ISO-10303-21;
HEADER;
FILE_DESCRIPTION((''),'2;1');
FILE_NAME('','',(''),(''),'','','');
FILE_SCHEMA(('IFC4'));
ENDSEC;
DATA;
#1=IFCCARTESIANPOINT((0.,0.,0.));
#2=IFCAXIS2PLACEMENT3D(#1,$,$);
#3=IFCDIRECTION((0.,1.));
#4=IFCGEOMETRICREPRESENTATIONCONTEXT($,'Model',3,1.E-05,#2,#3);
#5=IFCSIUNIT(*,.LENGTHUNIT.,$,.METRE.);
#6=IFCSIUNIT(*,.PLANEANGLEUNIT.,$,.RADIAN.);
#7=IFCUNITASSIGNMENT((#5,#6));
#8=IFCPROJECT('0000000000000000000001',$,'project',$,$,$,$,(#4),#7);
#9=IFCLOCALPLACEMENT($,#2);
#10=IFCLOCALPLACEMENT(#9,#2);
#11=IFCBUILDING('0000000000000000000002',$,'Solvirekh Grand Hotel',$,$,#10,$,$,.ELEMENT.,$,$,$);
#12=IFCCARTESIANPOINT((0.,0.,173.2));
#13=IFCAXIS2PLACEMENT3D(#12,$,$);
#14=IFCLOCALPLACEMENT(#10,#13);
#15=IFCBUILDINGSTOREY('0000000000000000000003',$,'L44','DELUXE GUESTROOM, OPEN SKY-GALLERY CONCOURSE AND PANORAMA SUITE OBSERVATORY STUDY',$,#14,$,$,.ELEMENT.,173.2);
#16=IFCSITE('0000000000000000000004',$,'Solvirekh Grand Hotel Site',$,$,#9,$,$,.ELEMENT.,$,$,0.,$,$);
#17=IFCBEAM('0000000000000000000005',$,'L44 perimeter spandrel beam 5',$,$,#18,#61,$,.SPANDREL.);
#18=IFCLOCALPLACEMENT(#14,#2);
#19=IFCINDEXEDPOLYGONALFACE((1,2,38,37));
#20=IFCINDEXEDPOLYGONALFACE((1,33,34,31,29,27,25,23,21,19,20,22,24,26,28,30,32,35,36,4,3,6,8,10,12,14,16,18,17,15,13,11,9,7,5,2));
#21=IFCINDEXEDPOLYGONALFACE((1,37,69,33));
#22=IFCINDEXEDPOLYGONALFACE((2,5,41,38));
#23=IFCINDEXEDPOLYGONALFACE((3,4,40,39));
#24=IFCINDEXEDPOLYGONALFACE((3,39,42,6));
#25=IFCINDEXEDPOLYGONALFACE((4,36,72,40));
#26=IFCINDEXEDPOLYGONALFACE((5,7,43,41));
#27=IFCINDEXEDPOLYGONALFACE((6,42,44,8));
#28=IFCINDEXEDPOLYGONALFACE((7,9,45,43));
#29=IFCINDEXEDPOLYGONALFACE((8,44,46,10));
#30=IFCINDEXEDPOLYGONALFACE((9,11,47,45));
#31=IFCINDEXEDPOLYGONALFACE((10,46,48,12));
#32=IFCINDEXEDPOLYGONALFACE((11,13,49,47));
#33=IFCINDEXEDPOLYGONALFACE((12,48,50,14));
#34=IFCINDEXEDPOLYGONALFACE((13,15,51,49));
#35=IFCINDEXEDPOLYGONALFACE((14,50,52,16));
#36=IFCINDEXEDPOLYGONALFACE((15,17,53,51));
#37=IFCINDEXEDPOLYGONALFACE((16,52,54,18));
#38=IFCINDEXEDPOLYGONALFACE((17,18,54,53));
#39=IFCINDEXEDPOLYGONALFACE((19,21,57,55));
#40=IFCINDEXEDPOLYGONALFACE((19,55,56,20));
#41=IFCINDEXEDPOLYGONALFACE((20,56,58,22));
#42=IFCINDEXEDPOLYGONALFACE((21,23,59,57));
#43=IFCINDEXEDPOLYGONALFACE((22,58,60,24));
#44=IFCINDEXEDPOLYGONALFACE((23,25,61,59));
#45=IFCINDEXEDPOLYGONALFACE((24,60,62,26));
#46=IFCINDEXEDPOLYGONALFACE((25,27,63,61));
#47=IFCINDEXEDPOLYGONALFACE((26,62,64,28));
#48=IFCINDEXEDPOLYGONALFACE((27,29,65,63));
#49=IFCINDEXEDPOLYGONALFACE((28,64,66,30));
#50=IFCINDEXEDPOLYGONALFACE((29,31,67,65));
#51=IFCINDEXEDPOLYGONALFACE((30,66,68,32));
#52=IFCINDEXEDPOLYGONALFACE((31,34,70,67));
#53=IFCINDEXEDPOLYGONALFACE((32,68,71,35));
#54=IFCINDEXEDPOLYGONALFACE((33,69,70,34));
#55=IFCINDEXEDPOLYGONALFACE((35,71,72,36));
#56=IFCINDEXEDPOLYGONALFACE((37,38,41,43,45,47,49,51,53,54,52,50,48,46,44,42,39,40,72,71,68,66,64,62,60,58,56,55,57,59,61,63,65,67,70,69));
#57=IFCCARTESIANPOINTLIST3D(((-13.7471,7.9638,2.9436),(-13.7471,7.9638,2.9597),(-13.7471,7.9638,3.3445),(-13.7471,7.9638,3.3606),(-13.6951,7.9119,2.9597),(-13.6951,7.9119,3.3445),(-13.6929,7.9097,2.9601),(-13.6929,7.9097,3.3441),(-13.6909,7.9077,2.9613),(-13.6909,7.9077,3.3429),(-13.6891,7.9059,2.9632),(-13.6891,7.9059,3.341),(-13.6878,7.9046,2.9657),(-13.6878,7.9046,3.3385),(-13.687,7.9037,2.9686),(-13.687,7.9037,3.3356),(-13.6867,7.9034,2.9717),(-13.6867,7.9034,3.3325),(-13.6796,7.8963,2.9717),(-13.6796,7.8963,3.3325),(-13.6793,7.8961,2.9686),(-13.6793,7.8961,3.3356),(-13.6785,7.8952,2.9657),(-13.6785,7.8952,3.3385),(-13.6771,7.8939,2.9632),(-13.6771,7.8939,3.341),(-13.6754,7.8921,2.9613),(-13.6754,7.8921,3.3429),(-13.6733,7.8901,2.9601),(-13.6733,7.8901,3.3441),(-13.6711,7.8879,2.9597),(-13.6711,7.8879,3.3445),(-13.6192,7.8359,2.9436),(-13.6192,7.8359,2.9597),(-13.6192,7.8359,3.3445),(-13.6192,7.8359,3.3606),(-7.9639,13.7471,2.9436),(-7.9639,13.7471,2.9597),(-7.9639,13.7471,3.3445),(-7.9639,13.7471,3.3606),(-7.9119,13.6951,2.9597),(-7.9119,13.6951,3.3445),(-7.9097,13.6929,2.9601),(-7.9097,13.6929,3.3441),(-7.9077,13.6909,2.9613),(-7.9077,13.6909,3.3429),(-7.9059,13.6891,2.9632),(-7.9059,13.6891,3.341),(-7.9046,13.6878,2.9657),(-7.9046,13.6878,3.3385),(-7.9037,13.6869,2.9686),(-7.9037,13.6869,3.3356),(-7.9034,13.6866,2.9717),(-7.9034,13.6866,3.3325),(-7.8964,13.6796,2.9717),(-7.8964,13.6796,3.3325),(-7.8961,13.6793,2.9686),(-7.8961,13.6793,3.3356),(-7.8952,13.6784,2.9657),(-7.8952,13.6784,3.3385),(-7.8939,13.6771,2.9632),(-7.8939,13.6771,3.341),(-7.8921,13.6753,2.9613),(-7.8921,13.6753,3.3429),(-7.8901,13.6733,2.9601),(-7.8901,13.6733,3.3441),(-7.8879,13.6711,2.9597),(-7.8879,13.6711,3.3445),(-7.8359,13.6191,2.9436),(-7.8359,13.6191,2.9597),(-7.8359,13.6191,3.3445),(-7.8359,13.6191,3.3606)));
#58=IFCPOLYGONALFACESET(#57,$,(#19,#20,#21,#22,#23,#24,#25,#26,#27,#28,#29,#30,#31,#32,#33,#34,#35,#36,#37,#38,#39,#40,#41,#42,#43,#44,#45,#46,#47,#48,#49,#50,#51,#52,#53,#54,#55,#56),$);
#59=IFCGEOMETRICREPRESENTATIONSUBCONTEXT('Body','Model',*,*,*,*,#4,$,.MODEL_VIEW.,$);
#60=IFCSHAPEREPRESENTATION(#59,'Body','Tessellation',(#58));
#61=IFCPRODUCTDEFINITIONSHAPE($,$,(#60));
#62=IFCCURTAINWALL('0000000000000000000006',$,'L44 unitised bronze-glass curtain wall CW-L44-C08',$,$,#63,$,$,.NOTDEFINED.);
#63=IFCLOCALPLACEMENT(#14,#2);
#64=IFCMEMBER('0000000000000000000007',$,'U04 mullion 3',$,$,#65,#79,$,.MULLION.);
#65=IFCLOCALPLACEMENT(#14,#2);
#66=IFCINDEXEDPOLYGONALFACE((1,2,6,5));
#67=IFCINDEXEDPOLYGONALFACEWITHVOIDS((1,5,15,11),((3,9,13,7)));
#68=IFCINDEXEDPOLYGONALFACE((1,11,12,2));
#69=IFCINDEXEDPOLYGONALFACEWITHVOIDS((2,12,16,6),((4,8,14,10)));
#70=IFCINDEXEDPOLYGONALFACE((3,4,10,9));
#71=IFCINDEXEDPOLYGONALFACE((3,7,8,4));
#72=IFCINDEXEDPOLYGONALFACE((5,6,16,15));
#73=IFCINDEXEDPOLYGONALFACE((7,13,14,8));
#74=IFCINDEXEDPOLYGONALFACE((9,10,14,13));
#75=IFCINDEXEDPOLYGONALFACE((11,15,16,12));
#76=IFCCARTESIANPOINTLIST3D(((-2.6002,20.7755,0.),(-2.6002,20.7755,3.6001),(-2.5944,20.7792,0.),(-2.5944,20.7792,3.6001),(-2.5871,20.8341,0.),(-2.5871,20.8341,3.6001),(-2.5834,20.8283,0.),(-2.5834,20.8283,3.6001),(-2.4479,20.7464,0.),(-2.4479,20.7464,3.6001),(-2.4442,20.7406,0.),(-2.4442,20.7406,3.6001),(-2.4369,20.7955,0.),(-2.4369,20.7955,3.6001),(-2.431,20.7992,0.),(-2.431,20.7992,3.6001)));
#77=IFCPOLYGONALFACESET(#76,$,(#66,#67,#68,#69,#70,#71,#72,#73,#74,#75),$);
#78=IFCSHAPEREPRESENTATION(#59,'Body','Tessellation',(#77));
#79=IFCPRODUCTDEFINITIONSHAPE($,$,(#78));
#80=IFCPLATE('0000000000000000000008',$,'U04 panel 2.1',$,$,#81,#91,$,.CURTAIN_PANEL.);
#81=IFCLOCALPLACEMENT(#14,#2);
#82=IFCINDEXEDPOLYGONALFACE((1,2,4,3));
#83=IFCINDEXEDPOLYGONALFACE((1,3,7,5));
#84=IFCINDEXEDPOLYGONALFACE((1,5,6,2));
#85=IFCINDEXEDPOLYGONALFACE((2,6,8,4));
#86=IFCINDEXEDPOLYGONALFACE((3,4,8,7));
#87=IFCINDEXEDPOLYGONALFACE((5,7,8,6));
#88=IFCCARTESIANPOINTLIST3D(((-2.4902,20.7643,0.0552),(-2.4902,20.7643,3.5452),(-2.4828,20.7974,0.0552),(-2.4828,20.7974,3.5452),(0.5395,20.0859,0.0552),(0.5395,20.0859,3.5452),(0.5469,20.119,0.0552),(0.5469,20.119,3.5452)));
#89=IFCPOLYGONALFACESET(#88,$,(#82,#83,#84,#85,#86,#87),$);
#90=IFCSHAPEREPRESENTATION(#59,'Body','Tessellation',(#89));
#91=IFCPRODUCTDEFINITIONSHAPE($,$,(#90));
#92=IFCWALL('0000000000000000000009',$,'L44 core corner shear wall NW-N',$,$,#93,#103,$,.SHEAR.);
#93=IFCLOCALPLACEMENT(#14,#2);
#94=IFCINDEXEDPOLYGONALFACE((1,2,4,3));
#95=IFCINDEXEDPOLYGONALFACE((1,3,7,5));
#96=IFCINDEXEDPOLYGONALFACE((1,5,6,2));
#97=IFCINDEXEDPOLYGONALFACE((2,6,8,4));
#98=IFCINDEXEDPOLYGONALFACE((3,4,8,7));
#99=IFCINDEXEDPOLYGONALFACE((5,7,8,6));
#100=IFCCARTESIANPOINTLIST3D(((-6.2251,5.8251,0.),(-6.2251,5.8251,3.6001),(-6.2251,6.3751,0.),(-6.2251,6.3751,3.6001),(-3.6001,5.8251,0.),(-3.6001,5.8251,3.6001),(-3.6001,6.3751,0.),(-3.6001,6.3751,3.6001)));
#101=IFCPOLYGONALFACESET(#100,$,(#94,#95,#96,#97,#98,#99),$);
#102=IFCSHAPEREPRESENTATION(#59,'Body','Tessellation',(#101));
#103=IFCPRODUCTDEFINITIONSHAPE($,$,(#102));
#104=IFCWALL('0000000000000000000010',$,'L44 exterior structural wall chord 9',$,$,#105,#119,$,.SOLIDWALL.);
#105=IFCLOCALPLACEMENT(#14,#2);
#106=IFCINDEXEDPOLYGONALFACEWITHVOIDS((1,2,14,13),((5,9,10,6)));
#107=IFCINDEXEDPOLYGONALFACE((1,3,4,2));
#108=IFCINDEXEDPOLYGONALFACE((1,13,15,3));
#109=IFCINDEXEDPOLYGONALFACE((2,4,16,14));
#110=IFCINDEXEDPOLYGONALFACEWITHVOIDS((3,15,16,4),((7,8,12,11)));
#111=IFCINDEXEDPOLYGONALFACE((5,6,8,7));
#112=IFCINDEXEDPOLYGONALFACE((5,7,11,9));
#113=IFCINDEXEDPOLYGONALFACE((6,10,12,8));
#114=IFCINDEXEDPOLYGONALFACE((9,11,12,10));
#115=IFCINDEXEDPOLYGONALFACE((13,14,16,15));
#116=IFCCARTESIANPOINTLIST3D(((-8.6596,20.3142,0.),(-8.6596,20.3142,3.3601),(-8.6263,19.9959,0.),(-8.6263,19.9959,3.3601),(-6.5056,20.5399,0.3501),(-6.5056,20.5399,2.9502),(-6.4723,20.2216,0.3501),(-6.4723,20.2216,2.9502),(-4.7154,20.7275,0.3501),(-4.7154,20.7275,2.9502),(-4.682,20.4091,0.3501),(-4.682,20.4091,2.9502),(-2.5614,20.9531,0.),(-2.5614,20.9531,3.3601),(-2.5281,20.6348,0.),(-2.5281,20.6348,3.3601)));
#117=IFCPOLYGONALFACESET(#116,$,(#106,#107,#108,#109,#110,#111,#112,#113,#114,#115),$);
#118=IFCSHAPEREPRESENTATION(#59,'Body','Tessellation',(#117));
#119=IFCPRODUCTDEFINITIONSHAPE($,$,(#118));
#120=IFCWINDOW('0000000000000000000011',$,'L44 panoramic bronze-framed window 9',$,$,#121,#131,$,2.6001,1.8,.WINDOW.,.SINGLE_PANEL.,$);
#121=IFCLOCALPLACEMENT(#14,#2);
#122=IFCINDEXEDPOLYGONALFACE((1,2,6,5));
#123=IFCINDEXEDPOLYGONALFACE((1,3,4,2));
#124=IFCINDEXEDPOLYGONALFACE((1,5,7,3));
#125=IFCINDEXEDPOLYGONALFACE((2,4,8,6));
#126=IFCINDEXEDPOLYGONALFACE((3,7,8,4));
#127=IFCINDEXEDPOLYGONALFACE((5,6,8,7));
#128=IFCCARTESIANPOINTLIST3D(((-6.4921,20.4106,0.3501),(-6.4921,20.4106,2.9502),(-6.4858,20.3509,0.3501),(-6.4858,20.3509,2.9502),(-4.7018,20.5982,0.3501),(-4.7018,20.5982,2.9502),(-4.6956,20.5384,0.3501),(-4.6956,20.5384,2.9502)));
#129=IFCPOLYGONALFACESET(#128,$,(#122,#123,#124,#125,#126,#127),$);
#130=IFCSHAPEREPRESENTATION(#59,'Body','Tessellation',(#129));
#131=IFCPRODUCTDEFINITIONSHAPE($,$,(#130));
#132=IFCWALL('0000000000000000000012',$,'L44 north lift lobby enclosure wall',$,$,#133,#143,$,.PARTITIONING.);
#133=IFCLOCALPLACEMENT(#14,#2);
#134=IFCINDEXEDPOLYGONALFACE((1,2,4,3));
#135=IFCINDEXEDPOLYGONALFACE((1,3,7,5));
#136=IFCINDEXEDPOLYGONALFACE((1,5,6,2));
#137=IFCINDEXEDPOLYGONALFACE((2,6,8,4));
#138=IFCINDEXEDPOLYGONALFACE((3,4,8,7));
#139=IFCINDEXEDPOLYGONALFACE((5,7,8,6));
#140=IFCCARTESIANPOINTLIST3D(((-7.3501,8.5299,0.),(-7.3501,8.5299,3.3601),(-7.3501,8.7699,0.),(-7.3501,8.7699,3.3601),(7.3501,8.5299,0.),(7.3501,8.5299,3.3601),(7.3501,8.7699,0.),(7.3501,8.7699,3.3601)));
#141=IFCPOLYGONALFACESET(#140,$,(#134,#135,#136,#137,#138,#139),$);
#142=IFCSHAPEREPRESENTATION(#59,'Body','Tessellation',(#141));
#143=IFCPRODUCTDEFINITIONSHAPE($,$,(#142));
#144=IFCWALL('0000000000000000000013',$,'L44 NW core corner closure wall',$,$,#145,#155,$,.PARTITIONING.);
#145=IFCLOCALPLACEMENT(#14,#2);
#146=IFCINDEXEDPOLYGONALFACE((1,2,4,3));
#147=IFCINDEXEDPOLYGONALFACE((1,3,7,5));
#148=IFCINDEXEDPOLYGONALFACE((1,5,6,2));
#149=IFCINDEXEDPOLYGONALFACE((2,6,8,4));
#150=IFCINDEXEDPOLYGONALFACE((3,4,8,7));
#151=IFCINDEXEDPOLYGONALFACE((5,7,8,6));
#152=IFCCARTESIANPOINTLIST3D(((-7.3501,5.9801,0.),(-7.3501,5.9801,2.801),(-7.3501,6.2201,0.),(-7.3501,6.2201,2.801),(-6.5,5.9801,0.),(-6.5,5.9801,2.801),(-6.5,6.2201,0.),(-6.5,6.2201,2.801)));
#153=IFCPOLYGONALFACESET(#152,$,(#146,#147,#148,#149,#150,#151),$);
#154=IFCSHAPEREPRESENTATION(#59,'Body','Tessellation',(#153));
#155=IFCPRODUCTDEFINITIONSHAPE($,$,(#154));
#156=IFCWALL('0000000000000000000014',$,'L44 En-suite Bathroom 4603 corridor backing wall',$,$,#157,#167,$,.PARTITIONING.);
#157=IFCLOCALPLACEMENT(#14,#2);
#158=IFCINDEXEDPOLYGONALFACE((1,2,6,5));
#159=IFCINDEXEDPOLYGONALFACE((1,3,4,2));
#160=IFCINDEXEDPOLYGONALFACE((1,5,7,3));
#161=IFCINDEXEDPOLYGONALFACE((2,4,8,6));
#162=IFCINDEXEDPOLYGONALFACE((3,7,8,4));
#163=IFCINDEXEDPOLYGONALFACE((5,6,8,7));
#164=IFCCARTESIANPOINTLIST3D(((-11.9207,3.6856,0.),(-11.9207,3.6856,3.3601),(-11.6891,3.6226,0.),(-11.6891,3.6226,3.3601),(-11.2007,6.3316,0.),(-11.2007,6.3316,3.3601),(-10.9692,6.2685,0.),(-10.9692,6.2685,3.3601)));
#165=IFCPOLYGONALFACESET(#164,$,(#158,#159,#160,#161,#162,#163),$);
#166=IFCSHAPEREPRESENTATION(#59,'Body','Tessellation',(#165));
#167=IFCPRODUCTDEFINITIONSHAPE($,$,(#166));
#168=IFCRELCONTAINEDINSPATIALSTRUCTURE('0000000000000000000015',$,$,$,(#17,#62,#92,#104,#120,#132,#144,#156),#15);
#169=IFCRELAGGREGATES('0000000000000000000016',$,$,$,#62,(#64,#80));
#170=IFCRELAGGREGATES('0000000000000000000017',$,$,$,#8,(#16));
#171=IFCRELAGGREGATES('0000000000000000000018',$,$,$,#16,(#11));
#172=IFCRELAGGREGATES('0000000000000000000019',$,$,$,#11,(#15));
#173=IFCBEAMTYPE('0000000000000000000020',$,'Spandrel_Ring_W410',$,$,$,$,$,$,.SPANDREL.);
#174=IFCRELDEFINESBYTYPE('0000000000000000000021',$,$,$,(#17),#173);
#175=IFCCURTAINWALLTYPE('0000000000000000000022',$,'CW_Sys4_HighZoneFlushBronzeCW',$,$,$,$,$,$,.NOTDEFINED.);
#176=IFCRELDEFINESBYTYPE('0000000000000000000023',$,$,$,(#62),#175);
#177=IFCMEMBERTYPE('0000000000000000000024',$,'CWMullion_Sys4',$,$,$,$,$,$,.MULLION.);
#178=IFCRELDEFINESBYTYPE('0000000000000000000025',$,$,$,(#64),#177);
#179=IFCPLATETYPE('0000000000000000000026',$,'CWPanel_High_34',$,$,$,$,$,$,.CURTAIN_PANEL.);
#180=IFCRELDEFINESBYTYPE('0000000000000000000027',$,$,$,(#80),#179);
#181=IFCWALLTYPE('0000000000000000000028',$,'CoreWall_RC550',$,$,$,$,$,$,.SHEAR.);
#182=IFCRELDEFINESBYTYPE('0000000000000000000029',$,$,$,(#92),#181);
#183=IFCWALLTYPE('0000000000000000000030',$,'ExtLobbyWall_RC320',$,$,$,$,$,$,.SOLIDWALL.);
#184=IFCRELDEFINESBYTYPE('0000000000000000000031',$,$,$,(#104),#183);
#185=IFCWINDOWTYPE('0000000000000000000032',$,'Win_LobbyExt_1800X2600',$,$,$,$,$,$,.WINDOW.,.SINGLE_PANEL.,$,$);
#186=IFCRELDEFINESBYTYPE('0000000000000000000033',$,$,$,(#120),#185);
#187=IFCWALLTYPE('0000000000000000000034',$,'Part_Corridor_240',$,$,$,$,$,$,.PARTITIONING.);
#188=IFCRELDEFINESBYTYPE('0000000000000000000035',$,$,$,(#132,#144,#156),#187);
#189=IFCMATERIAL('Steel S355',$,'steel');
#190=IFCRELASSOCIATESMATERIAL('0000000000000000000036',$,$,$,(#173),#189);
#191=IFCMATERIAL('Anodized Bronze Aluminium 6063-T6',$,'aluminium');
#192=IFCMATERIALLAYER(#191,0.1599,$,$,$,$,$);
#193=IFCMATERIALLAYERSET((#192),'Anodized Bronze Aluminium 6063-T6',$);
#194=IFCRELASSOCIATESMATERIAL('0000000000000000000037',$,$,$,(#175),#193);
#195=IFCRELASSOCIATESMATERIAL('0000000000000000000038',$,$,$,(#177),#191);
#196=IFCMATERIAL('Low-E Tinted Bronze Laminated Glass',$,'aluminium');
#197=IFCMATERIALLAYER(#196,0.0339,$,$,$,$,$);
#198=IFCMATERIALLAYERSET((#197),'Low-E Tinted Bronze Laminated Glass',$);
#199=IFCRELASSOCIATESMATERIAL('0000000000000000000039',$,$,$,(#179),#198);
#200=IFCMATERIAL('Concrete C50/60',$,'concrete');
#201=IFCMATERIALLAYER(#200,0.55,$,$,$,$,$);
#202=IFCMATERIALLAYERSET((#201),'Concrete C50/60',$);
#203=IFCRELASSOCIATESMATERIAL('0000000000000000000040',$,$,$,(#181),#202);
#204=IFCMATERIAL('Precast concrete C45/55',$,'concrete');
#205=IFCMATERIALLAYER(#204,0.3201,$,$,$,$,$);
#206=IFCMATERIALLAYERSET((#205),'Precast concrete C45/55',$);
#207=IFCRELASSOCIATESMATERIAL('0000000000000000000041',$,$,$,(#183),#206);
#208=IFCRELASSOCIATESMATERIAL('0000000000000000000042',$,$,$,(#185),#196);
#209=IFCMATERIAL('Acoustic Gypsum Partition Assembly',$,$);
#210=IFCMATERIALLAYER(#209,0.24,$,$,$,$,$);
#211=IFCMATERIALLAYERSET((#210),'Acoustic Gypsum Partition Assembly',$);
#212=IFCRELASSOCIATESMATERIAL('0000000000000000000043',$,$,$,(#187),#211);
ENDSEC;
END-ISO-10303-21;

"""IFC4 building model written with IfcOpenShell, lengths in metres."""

from ifc_helpers import new_model, si_unit, direction, frame, frame_2d, origin, origin_2d, place, context, subcontext, project, spatial, rectangle, hollow_rectangle, i_section, extrude, source, transform, mapped, material, layer, layer_set, material_profile, profile_set, type_object, element, fill, aggregate, save


model = new_model("IFC4")

# Units and contexts
model_context = context("Model", 3, precision=1e-05, world=origin(), true_north=direction((0.0, 1.0)))
body_context = subcontext(model_context, "Body", "Model", "MODEL_VIEW")
ifc_project = project(units=[si_unit("LENGTHUNIT", "METRE"), si_unit("PLANEANGLEUNIT", "RADIAN")], contexts=[model_context])

# Site, building, storey
site_placement = place(None, origin())
site = spatial("IfcSite", under=ifc_project, at=site_placement, Name="Solvirekh Grand Hotel Site", CompositionType="ELEMENT", RefElevation=0.0)
building_placement = place(site_placement, origin())
building = spatial("IfcBuilding", under=site, at=building_placement, Name="Solvirekh Grand Hotel", CompositionType="ELEMENT")
storey_placement = place(building_placement, frame((0.0, 0.0, 173.2)))
storey = spatial("IfcBuildingStorey", under=building, at=storey_placement, Name="L44", Description="DELUXE GUESTROOM, OPEN SKY-GALLERY CONCOURSE AND PANORAMA SUITE OBSERVATORY STUDY", CompositionType="ELEMENT", Elevation=173.2)

# Shared definitions
ifc_material_1 = material(Name="Concrete C50/60", Category="concrete")

# Beam
ifc_material_2 = material(Name="Steel S355", Category="steel")
ifc_material_profile_1 = material_profile(ifc_material_2, i_section(OverallWidth=0.1809, OverallDepth=0.417, WebThickness=0.01, FlangeThickness=0.0161, FilletRadius=0.012, at=origin_2d()), Name="W410X85")
ifc_profile_set_1 = profile_set([ifc_material_profile_1], Name="Steel S355")
beam_type_1 = type_object("IfcBeamType", Name="Spandrel_Ring_W410", PredefinedType="SPANDREL", material=ifc_profile_set_1)
beam_1_placement = place(storey_placement, frame((-7.8999, 13.6831, 3.1521), z_axis=(-0.707107, -0.707107, 0.0), x_axis=(0.707107, -0.707107, 0.0)))
element("IfcBeam", 1, at=beam_1_placement, inside=storey, type_object=beam_type_1, Name="L44 perimeter spandrel beam 5", PredefinedType="SPANDREL", context=body_context, shape_type="SweptSolid", body=[
    extrude(i_section(OverallWidth=0.1809, OverallDepth=0.417, WebThickness=0.01, FlangeThickness=0.0161, FilletRadius=0.012, at=origin_2d()), origin(), (0.0, 0.0, 1.0), 8.1787),
])

# Curtain wall, member, plate
ifc_material_3 = material(Name="Anodized Bronze Aluminium 6063-T6", Category="aluminium")
ifc_layer_1 = layer(ifc_material_3, 0.1599)
ifc_layer_set_1 = layer_set([ifc_layer_1], Name="Anodized Bronze Aluminium 6063-T6")
curtain_wall_type = type_object("IfcCurtainWallType", Name="CW_Sys4_HighZoneFlushBronzeCW", PredefinedType="NOTDEFINED", material=ifc_layer_set_1)
curtain_wall_placement = place(storey_placement, origin())
curtain_wall = element("IfcCurtainWall", 2, at=curtain_wall_placement, inside=storey, type_object=curtain_wall_type, Name="L44 unitised bronze-glass curtain wall CW-L44-C08", PredefinedType="NOTDEFINED")
ifc_material_profile_2 = material_profile(ifc_material_3, hollow_rectangle(XDim=0.0601, YDim=0.1599, WallThickness=0.0049, at=origin_2d()), Name="ALU RHS 160X60X5")
ifc_profile_set_2 = profile_set([ifc_material_profile_2], Name="Anodized Bronze Aluminium 6063-T6")
member_type = type_object("IfcMemberType", Name="CWMullion_Sys4", PredefinedType="MULLION", material=ifc_profile_set_2)
shared_shape_1 = source(origin(), body_context, "Body", "SweptSolid", [
    extrude(hollow_rectangle(XDim=0.0601, YDim=0.1599, WallThickness=0.0049, at=origin_2d()), origin(), (0.0, 0.0, 1.0), 3.6001),
])
member_placement = place(storey_placement, frame((-2.5156, 20.7874, 0.0), z_axis=(0.0, 0.0, 1.0), x_axis=(-0.218488, -0.97584, 0.0)))
member = element("IfcMember", 3, at=member_placement, type_object=member_type, Name="U04 mullion 3", PredefinedType="MULLION", context=body_context, shape_type="MappedRepresentation", body=[
    mapped(shared_shape_1, transform((0.0, 0.0, 0.0), x_axis=(1.0, 0.0, 0.0), y_axis=(0.0, 1.0, 0.0), z_axis=(0.0, 0.0, 1.0), scale=1.0)),
])
ifc_material_4 = material(Name="Low-E Tinted Bronze Laminated Glass", Category="aluminium")
ifc_layer_2 = layer(ifc_material_4, 0.0339)
ifc_layer_set_2 = layer_set([ifc_layer_2], Name="Low-E Tinted Bronze Laminated Glass")
plate_type = type_object("IfcPlateType", Name="CWPanel_High_34", PredefinedType="CURTAIN_PANEL", material=ifc_layer_set_2)
shared_shape_2 = source(origin(), body_context, "Body", "SweptSolid", [
    extrude(rectangle(XDim=3.1047, YDim=0.0339, at=origin_2d()), origin(), (0.0, 0.0, 1.0), 3.49),
])
plate_placement = place(storey_placement, frame((-0.9717, 20.4417, 0.0552), z_axis=(0.0, 0.0, 1.0), x_axis=(-0.97584, 0.218488, 0.0)))
plate = element("IfcPlate", 4, at=plate_placement, type_object=plate_type, Name="U04 panel 2.1", PredefinedType="CURTAIN_PANEL", context=body_context, shape_type="MappedRepresentation", body=[
    mapped(shared_shape_2, transform((0.0, 0.0, 0.0), x_axis=(1.0, 0.0, 0.0), y_axis=(0.0, 1.0, 0.0), z_axis=(0.0, 0.0, 1.0), scale=1.0)),
])
aggregate(curtain_wall, [member, plate])

# Wall
ifc_layer_3 = layer(ifc_material_1, 0.55)
ifc_layer_set_3 = layer_set([ifc_layer_3], Name="Concrete C50/60")
wall_type_1 = type_object("IfcWallType", Name="CoreWall_RC550", PredefinedType="SHEAR", material=ifc_layer_set_3)
wall_1_placement = place(storey_placement, frame((-6.2251, 6.1001, 0.0), z_axis=(0.0, 0.0, 1.0), x_axis=(1.0, 0.0, 0.0)))
element("IfcWall", 5, at=wall_1_placement, inside=storey, type_object=wall_type_1, Name="L44 core corner shear wall NW-N", PredefinedType="SHEAR", context=body_context, shape_type="SweptSolid", body=[
    extrude(rectangle(XDim=2.625, YDim=0.55, at=frame_2d((1.3125, 0.0))), origin(), (0.0, 0.0, 1.0), 3.6001),
])

# Wall, opening, window
ifc_material_5 = material(Name="Precast concrete C45/55", Category="concrete")
ifc_layer_4 = layer(ifc_material_5, 0.3201)
ifc_layer_set_4 = layer_set([ifc_layer_4], Name="Precast concrete C45/55")
wall_type_2 = type_object("IfcWallType", Name="ExtLobbyWall_RC320", PredefinedType="SOLIDWALL", material=ifc_layer_set_4)
wall_2_placement = place(storey_placement, frame((-8.6431, 20.155, 0.0), z_axis=(0.0, 0.0, 1.0), x_axis=(0.994556, 0.104202, 0.0)))
wall_2 = element("IfcWall", 6, at=wall_2_placement, inside=storey, type_object=wall_type_2, Name="L44 exterior structural wall chord 9", PredefinedType="SOLIDWALL", context=body_context, shape_type="SweptSolid", body=[
    extrude(rectangle(XDim=6.1316, YDim=0.3201, at=frame_2d((3.0659, 0.0))), origin(), (0.0, 0.0, 1.0), 3.3601),
])
opening_1_placement = place(wall_2_placement, frame((2.166, 0.0, 0.3501)))
opening_1 = element("IfcOpeningElement", 7, at=opening_1_placement, cuts=wall_2, PredefinedType="OPENING", context=body_context, shape_type="SweptSolid", body=[
    extrude(rectangle(XDim=1.8, YDim=2.6001, at=frame_2d((0.8999, 1.3))), frame((0.0, 0.1699, 0.0), z_axis=(0.0, -1.0, 0.0), x_axis=(1.0, 0.0, 0.0)), (0.0, 0.0, 1.0), 0.3401),
])
window_type = type_object("IfcWindowType", Name="Win_LobbyExt_1800X2600", PartitioningType="SINGLE_PANEL", PredefinedType="WINDOW", material=ifc_material_4)
window_placement = place(opening_1_placement, origin())
window = element("IfcWindow", 8, at=window_placement, inside=storey, type_object=window_type, Name="L44 panoramic bronze-framed window 9", OverallHeight=2.6001, OverallWidth=1.8, PartitioningType="SINGLE_PANEL", PredefinedType="WINDOW", context=body_context, shape_type="SweptSolid", body=[
    extrude(rectangle(XDim=1.8, YDim=2.6001, at=frame_2d((0.8999, 1.3))), frame((0.0, 0.03, 0.0), z_axis=(0.0, -1.0, 0.0), x_axis=(1.0, 0.0, 0.0)), (0.0, 0.0, 1.0), 0.0601),
])
fill(opening_1, window)

# Walls
ifc_material_6 = material(Name="Acoustic Gypsum Partition Assembly")
ifc_layer_5 = layer(ifc_material_6, 0.24)
ifc_layer_set_5 = layer_set([ifc_layer_5], Name="Acoustic Gypsum Partition Assembly")
wall_type_3 = type_object("IfcWallType", Name="Part_Corridor_240", PredefinedType="PARTITIONING", material=ifc_layer_set_5)
wall_3_placement = place(storey_placement, frame((-7.3501, 8.6499, 0.0), z_axis=(0.0, 0.0, 1.0), x_axis=(1.0, 0.0, 0.0)))
element("IfcWall", 9, at=wall_3_placement, inside=storey, type_object=wall_type_3, Name="L44 north lift lobby enclosure wall", PredefinedType="PARTITIONING", context=body_context, shape_type="SweptSolid", body=[
    extrude(rectangle(XDim=14.7002, YDim=0.24, at=frame_2d((7.3501, 0.0))), origin(), (0.0, 0.0, 1.0), 3.3601),
])
wall_4_placement = place(storey_placement, frame((-7.3501, 6.1001, 0.0), z_axis=(0.0, 0.0, 1.0), x_axis=(1.0, 0.0, 0.0)))
element("IfcWall", 10, at=wall_4_placement, inside=storey, type_object=wall_type_3, Name="L44 NW core corner closure wall", PredefinedType="PARTITIONING", context=body_context, shape_type="SweptSolid", body=[
    extrude(rectangle(XDim=0.8501, YDim=0.24, at=frame_2d((0.425, 0.0))), origin(), (0.0, 0.0, 1.0), 2.801),
])
wall_5_placement = place(storey_placement, frame((-11.085, 6.3, 0.0), z_axis=(0.0, 0.0, 1.0), x_axis=(-0.262552, -0.964918, 0.0)))
element("IfcWall", 11, at=wall_5_placement, inside=storey, type_object=wall_type_3, Name="L44 En-suite Bathroom 4603 corridor backing wall", PredefinedType="PARTITIONING", context=body_context, shape_type="SweptSolid", body=[
    extrude(rectangle(XDim=2.7422, YDim=0.24, at=frame_2d((1.3711, 0.0))), origin(), (0.0, 0.0, 1.0), 3.3601),
])

save(model, "model.ifc")
